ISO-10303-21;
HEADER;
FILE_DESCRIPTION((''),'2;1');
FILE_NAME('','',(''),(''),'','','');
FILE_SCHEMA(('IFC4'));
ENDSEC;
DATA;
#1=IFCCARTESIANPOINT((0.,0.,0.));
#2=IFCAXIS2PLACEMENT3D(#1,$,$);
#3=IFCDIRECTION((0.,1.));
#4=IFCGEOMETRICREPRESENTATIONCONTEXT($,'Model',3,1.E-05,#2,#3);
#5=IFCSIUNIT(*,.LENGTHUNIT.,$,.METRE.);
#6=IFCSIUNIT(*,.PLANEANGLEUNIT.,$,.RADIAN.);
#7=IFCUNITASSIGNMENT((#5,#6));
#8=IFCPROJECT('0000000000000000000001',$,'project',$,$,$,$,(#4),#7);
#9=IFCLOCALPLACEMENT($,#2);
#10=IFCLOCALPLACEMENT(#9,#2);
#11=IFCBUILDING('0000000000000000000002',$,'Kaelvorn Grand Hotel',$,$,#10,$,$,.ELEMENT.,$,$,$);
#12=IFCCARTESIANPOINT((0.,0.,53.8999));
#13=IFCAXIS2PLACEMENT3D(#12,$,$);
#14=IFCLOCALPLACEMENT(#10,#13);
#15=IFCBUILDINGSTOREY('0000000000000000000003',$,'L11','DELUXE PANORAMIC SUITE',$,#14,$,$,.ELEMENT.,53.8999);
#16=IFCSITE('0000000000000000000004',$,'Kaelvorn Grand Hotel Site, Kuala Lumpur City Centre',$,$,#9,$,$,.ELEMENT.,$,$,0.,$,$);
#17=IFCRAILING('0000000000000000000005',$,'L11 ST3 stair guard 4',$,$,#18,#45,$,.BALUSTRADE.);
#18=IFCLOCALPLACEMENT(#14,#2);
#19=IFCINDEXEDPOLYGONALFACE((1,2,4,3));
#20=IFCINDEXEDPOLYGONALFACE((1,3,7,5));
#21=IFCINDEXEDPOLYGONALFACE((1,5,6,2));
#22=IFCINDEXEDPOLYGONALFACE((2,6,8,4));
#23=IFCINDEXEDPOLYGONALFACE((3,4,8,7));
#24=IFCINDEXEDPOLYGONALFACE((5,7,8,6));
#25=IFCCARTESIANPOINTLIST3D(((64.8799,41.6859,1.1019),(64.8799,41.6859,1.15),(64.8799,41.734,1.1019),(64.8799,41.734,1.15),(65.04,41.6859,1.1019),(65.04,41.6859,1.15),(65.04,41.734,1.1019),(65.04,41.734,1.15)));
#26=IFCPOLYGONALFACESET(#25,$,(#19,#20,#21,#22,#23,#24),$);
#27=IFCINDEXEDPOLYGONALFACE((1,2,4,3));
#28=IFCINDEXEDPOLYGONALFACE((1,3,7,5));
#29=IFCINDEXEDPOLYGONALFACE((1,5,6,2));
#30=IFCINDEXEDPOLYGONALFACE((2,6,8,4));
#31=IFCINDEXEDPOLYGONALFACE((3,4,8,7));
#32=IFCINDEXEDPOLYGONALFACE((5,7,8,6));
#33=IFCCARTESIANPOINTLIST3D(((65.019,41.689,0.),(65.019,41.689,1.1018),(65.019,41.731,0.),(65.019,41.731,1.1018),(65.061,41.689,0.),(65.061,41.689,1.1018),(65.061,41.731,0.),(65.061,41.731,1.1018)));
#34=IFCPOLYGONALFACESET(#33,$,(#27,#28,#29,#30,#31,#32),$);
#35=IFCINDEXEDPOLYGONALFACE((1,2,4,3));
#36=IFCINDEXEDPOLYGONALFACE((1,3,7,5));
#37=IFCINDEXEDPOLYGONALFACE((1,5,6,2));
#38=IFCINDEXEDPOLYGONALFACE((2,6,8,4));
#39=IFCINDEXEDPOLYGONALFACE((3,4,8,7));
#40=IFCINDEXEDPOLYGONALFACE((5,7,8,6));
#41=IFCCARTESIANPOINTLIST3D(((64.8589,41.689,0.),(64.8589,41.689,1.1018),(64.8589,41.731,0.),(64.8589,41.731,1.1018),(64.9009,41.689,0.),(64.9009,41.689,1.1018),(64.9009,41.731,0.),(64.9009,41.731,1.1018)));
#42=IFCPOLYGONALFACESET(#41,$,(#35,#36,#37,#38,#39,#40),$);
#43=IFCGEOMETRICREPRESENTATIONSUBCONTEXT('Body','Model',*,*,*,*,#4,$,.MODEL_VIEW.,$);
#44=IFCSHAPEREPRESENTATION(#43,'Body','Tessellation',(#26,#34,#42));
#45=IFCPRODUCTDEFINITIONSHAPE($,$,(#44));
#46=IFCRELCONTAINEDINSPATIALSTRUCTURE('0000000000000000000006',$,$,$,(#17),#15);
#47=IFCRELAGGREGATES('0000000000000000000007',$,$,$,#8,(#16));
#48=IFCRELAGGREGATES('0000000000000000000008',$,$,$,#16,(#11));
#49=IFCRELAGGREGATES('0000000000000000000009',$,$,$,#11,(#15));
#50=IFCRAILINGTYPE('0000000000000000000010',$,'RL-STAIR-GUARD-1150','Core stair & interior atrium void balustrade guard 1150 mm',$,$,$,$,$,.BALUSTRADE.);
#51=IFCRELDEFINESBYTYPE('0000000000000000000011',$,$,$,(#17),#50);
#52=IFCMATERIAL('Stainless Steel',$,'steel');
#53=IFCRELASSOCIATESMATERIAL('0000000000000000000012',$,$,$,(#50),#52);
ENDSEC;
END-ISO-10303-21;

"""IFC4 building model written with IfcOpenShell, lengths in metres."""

from ifc_helpers import new_model, si_unit, direction, frame, origin, origin_2d, place, context, subcontext, project, spatial, rectangle, extrude, material, type_object, element, save


model = new_model("IFC4")

# Units and contexts
model_context = context("Model", 3, precision=1e-05, world=origin(), true_north=direction((0.0, 1.0)))
body_context = subcontext(model_context, "Body", "Model", "MODEL_VIEW")
ifc_project = project(units=[si_unit("LENGTHUNIT", "METRE"), si_unit("PLANEANGLEUNIT", "RADIAN")], contexts=[model_context])

# Site, building, storey
site_placement = place(None, origin())
site = spatial("IfcSite", under=ifc_project, at=site_placement, Name="Kaelvorn Grand Hotel Site, Kuala Lumpur City Centre", CompositionType="ELEMENT", RefElevation=0.0)
building_placement = place(site_placement, origin())
building = spatial("IfcBuilding", under=site, at=building_placement, Name="Kaelvorn Grand Hotel", CompositionType="ELEMENT")
storey_placement = place(building_placement, frame((0.0, 0.0, 53.8999)))
storey = spatial("IfcBuildingStorey", under=building, at=storey_placement, Name="L11", Description="DELUXE PANORAMIC SUITE", CompositionType="ELEMENT", Elevation=53.8999)

# Shared definitions
ifc_material_1 = material(Name="Stainless Steel", Category="steel")

# Railing
railing_type_1 = type_object("IfcRailingType", Name="RL-STAIR-GUARD-1150", Description="Core stair & interior atrium void balustrade guard 1150 mm", PredefinedType="BALUSTRADE", material=ifc_material_1)
railing_1_placement = place(storey_placement, frame((65.04, 41.71, 0.0)))
element("IfcRailing", 1, at=railing_1_placement, inside=storey, type_object=railing_type_1, Name="L11 ST3 stair guard 4", PredefinedType="BALUSTRADE", context=body_context, shape_type="SweptSolid", body=[
    extrude(rectangle(XDim=0.0481, YDim=0.0481, at=origin_2d()), frame((0.0, 0.0, 1.126), z_axis=(-1.0, 0.0, 0.0), x_axis=(0.0, -1.0, 0.0)), (0.0, 0.0, 1.0), 0.1602),
    extrude(rectangle(XDim=0.042, YDim=0.042, at=origin_2d()), origin(), (0.0, 0.0, 1.0), 1.1018),
    extrude(rectangle(XDim=0.042, YDim=0.042, at=origin_2d()), frame((-0.1602, 0.0, 0.0)), (0.0, 0.0, 1.0), 1.1018),
])

save(model, "model.ifc")
